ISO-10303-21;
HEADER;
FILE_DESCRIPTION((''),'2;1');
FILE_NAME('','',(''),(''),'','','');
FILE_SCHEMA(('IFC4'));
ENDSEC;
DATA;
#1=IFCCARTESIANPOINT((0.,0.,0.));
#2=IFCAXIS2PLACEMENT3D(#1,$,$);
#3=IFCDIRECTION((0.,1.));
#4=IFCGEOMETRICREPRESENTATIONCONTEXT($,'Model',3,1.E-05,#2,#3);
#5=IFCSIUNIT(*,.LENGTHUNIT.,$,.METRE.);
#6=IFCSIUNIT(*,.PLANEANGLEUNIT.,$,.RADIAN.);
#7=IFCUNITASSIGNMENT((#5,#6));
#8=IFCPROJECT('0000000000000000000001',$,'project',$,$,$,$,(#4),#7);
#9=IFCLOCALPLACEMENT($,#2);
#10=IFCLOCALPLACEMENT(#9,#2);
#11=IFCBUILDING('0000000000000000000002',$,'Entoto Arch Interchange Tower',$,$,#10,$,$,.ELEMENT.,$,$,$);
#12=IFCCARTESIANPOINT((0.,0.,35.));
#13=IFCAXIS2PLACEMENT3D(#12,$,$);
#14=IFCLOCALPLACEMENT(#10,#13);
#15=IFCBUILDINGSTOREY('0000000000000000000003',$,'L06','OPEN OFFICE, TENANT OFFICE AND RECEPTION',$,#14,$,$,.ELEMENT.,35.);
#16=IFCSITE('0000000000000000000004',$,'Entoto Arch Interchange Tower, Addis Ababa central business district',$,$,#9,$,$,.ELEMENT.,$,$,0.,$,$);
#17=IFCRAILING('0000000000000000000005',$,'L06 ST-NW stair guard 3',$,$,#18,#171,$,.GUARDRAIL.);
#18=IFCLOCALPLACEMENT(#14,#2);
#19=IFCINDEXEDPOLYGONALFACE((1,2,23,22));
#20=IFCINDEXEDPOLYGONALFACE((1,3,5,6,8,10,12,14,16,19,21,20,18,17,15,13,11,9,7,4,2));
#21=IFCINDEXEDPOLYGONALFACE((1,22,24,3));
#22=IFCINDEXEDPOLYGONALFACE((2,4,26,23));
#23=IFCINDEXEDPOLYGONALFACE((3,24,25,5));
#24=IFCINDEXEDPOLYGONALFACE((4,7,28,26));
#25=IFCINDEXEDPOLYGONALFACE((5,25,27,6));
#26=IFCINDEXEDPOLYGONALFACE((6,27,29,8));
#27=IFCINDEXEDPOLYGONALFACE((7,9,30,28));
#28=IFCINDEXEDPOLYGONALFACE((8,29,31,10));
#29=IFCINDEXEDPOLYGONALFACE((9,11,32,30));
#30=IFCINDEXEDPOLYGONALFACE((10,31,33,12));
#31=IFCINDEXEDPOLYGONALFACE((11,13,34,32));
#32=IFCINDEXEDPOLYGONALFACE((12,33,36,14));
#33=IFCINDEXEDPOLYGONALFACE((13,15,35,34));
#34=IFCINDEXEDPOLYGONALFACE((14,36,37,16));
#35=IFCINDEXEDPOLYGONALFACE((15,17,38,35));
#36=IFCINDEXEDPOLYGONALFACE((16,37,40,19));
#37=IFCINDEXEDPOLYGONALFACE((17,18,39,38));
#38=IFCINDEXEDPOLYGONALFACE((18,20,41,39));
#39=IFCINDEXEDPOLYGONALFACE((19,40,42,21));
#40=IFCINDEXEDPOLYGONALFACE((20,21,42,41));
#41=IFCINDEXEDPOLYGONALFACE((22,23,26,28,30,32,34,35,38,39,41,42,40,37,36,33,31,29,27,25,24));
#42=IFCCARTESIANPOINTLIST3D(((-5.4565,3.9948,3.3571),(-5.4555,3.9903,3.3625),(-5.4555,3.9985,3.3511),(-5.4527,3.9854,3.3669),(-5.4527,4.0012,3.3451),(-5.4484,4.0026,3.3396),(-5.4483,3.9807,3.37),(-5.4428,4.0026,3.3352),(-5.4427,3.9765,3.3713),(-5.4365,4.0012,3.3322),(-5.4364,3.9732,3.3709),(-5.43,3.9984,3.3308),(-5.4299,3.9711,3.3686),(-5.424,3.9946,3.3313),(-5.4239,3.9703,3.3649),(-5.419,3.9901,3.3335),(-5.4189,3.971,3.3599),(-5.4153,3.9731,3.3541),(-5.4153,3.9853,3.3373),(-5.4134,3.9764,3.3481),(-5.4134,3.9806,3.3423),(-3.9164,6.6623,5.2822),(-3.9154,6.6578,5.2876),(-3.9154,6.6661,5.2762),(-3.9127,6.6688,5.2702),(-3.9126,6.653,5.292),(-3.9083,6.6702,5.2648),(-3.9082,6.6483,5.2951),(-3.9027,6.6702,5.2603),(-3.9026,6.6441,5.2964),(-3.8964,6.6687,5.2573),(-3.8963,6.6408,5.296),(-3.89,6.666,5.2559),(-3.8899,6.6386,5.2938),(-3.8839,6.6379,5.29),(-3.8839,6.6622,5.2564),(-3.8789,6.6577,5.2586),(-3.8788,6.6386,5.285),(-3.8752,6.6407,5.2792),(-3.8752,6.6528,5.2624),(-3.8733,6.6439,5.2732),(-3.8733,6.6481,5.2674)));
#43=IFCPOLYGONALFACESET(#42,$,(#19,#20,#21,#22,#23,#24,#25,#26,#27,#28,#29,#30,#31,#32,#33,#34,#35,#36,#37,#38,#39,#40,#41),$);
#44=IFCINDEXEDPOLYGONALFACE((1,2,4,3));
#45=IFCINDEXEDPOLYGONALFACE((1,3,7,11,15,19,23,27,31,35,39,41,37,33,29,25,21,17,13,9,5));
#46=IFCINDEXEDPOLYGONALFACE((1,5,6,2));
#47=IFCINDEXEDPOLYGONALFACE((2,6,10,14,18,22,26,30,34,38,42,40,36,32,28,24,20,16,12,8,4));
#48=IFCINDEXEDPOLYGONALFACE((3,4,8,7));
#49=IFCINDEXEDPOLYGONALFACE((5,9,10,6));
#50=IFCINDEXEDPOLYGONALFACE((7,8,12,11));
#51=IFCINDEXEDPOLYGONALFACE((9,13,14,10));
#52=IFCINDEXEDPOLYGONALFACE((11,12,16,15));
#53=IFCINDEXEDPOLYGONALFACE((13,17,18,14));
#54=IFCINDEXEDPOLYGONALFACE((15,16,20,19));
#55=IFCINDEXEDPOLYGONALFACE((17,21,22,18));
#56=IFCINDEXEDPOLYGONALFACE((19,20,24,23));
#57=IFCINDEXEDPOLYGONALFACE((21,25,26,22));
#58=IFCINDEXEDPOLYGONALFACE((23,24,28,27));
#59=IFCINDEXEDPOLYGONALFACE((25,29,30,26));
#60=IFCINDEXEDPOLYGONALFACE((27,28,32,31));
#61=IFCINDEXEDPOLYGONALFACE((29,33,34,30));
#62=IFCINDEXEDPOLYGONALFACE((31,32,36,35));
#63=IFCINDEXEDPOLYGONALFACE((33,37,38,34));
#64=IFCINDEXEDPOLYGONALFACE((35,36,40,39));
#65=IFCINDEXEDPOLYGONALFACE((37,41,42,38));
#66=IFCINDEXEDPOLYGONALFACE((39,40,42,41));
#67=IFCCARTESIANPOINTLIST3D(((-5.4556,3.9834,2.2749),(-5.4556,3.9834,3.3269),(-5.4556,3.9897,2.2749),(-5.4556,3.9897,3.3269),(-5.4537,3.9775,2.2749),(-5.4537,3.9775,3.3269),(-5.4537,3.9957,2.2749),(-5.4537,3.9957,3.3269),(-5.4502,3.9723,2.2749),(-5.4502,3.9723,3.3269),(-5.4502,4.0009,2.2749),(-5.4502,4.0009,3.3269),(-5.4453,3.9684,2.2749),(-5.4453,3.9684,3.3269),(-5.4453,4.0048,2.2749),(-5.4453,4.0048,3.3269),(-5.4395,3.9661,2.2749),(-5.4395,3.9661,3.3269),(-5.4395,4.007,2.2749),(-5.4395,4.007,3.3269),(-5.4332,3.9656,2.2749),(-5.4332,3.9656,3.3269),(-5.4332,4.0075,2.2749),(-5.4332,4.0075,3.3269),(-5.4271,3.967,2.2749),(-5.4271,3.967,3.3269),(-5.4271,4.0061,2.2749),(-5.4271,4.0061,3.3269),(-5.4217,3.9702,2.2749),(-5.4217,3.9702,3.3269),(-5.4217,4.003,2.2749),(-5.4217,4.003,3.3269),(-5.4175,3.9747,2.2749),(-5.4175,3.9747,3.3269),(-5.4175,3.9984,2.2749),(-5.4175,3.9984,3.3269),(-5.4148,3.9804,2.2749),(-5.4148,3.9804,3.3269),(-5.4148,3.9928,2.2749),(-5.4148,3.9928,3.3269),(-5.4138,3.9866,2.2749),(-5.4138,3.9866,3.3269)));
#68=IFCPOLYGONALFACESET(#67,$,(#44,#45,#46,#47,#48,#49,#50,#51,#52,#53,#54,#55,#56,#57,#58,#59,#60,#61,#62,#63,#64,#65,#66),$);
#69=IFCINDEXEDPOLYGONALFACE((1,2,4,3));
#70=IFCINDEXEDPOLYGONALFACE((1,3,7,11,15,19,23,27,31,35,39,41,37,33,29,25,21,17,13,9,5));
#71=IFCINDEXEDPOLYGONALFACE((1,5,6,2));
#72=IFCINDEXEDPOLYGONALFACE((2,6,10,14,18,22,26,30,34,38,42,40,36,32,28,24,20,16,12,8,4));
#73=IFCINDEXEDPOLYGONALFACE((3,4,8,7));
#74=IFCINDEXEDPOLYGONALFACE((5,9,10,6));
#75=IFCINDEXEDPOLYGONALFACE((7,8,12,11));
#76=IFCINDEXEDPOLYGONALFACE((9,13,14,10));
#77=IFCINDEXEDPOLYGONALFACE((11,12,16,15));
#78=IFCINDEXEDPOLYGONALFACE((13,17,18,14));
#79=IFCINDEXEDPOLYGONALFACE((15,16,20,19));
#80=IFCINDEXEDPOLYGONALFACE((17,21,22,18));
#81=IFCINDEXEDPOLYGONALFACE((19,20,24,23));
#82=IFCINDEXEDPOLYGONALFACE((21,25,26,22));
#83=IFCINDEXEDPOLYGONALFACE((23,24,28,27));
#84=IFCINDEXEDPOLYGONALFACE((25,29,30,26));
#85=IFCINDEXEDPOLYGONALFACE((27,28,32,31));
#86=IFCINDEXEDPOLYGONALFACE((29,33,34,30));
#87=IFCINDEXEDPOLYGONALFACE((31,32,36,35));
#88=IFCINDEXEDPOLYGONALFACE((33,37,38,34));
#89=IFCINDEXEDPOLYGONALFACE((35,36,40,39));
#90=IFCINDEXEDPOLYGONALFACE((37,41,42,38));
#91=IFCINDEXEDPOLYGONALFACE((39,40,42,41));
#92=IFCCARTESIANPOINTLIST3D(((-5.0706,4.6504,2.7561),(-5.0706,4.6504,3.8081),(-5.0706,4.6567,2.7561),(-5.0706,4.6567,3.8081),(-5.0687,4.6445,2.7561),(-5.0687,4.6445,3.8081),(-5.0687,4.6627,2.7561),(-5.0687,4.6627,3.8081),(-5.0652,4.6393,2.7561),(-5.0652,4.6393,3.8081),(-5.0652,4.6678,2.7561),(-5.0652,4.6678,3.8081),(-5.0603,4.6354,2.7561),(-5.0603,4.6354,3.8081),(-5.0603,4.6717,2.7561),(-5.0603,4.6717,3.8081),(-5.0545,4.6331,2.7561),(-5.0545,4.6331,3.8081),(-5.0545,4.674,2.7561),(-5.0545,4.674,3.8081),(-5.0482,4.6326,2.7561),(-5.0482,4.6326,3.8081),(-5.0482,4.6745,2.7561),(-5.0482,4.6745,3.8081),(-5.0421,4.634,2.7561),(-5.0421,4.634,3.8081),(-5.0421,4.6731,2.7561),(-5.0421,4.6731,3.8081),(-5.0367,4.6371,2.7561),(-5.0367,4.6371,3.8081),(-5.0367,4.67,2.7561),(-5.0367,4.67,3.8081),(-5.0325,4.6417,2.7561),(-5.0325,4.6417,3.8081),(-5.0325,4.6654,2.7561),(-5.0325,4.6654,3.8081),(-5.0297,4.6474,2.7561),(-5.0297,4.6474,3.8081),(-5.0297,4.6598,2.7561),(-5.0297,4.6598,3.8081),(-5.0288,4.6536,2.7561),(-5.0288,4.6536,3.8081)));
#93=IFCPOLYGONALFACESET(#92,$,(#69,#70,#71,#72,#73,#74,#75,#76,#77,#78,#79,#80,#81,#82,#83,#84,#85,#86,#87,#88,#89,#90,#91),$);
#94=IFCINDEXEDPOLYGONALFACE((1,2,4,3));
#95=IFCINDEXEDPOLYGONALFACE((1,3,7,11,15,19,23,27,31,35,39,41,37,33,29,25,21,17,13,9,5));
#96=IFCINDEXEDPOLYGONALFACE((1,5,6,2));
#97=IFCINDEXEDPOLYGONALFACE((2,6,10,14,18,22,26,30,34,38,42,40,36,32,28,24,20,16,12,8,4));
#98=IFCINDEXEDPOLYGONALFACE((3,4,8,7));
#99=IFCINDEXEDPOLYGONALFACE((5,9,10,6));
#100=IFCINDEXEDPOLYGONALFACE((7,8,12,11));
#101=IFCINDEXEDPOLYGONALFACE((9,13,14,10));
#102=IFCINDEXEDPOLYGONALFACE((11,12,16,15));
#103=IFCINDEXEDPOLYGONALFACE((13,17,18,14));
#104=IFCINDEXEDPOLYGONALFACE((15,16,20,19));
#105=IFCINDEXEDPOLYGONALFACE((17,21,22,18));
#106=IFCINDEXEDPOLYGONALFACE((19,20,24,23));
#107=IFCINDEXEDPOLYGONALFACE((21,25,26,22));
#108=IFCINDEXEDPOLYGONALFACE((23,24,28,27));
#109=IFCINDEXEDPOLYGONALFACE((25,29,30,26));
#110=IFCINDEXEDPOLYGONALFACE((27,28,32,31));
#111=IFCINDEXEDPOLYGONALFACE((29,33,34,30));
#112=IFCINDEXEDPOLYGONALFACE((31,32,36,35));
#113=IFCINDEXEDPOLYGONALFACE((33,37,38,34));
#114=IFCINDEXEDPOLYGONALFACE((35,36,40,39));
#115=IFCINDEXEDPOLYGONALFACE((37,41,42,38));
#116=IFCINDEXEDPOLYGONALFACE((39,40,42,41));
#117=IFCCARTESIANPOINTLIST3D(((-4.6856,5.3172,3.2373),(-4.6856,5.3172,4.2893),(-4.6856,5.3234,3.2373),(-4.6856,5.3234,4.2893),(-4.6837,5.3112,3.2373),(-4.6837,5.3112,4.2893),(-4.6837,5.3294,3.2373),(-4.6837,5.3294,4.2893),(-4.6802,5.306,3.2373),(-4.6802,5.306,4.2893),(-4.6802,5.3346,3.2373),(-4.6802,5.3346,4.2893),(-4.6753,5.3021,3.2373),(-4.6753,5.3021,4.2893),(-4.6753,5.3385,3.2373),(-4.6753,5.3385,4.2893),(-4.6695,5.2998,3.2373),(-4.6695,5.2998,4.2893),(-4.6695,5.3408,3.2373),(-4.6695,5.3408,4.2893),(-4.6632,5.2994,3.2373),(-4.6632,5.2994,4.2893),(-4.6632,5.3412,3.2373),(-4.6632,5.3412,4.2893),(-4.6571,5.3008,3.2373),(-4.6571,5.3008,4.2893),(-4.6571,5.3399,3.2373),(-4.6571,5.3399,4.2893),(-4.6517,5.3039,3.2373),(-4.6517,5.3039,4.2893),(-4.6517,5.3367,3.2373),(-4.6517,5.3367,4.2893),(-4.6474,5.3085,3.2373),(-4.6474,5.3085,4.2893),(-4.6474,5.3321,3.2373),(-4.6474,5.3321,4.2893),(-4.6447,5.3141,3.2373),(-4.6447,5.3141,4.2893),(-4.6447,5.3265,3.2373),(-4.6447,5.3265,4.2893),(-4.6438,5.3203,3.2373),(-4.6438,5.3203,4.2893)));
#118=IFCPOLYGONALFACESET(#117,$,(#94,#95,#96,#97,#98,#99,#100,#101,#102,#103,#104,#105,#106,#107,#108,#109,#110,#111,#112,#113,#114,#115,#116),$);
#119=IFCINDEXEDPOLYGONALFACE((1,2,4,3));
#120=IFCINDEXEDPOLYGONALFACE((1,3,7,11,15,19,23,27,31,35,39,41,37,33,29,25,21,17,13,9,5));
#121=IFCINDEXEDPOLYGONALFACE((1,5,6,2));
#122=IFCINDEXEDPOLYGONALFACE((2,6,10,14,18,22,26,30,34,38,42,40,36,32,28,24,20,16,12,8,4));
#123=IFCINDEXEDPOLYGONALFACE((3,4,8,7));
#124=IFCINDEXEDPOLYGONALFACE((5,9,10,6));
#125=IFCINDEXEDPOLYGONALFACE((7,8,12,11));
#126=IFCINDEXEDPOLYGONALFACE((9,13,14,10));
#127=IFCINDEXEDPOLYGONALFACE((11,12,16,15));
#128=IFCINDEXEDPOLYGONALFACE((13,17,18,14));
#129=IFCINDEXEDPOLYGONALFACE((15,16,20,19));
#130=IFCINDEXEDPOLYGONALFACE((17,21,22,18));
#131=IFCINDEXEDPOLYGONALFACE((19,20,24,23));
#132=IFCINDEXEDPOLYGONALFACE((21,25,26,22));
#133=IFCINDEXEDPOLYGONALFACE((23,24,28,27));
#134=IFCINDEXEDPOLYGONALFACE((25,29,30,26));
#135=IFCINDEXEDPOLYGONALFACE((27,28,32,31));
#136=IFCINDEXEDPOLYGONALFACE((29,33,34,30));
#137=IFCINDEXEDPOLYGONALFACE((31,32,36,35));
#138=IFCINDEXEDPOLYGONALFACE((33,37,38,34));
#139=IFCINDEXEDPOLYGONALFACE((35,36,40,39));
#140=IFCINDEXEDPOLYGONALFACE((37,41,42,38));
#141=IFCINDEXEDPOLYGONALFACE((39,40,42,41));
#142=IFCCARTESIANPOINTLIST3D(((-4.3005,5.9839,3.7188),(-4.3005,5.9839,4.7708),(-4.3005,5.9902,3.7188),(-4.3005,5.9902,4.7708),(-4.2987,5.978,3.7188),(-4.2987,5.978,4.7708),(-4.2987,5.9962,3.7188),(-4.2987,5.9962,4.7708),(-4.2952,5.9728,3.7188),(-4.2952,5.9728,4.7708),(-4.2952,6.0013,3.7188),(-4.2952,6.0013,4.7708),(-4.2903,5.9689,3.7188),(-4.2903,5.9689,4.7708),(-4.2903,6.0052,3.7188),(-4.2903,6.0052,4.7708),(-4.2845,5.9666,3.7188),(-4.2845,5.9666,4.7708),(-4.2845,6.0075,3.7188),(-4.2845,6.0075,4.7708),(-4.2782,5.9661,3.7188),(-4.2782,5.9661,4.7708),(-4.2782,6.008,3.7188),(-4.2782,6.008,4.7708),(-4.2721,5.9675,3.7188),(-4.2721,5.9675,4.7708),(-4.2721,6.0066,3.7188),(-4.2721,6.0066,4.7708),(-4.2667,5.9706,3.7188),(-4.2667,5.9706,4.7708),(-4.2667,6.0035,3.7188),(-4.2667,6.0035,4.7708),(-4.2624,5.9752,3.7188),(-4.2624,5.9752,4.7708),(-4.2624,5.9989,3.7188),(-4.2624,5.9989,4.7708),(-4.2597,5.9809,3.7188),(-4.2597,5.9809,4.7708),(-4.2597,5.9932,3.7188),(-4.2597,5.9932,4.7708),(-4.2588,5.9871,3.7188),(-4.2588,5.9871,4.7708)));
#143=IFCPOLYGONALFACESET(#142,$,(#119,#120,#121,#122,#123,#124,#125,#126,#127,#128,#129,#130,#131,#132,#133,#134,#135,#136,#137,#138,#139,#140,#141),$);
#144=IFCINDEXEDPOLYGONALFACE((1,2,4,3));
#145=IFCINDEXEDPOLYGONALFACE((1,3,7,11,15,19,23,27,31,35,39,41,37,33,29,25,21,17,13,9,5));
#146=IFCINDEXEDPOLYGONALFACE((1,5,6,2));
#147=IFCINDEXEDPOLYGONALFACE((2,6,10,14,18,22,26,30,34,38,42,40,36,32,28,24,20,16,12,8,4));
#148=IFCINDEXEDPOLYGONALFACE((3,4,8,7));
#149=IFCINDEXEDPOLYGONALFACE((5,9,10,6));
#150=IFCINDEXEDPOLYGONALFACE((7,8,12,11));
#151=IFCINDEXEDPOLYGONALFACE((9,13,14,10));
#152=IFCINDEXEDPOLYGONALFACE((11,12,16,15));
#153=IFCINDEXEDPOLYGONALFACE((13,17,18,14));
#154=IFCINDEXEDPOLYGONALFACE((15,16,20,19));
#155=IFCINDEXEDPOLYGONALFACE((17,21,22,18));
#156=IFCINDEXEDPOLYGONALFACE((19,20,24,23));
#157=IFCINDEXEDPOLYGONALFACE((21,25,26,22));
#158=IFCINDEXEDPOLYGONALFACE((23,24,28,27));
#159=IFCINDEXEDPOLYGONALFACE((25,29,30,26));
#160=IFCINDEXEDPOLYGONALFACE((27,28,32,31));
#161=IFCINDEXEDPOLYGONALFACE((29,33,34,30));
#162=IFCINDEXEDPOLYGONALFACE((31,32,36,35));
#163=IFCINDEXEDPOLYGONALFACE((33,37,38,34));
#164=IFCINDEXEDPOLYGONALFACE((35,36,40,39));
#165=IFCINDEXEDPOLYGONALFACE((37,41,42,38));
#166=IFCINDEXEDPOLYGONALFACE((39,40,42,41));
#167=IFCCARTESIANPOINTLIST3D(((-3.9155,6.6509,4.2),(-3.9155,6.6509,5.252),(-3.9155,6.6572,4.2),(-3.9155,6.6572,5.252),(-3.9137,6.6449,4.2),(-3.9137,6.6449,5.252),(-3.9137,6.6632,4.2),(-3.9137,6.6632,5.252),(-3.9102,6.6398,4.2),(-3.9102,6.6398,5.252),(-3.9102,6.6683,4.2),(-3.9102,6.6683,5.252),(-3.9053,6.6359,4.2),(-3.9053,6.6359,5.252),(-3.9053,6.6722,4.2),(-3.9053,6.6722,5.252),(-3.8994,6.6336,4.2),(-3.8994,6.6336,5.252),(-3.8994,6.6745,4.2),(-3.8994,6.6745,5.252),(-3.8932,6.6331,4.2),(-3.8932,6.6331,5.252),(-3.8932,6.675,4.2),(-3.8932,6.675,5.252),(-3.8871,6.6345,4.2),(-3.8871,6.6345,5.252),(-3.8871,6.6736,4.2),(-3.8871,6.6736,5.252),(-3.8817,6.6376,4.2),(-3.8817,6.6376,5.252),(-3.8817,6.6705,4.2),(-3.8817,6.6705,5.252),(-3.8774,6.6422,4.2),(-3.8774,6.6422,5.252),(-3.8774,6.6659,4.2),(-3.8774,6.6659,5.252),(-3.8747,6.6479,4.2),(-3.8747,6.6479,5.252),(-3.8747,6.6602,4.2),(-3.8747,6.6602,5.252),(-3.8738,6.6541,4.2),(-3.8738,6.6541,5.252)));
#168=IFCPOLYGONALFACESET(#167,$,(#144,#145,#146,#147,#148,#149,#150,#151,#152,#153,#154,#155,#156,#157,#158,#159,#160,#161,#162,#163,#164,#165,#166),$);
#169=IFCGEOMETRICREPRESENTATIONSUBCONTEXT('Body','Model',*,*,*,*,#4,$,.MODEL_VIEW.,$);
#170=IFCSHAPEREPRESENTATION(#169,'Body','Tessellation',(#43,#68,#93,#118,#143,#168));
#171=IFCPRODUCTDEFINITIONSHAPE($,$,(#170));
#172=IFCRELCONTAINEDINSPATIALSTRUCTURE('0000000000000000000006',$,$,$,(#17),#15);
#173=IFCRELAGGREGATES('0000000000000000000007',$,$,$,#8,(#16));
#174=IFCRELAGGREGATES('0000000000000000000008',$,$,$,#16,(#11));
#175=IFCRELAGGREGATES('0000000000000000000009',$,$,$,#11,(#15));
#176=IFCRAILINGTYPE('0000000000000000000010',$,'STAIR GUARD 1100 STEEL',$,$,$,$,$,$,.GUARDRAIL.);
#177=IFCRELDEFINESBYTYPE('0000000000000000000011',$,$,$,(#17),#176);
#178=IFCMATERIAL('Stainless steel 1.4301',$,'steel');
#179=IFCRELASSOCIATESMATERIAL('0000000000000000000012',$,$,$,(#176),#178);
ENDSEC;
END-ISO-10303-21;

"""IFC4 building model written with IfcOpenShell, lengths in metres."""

from ifc_helpers import new_model, si_unit, direction, frame, origin, origin_2d, place, context, subcontext, project, spatial, circle, extrude, material, type_object, element, save


model = new_model("IFC4")

# Units and contexts
model_context = context("Model", 3, precision=1e-05, world=origin(), true_north=direction((0.0, 1.0)))
body_context = subcontext(model_context, "Body", "Model", "MODEL_VIEW")
ifc_project = project(units=[si_unit("LENGTHUNIT", "METRE"), si_unit("PLANEANGLEUNIT", "RADIAN")], contexts=[model_context])

# Site, building, storey
site_placement = place(None, origin())
site = spatial("IfcSite", under=ifc_project, at=site_placement, Name="Entoto Arch Interchange Tower, Addis Ababa central business district", CompositionType="ELEMENT", RefElevation=0.0)
building_placement = place(site_placement, origin())
building = spatial("IfcBuilding", under=site, at=building_placement, Name="Entoto Arch Interchange Tower", CompositionType="ELEMENT")
storey_placement = place(building_placement, frame((0.0, 0.0, 35.0)))
storey = spatial("IfcBuildingStorey", under=building, at=storey_placement, Name="L06", Description="OPEN OFFICE, TENANT OFFICE AND RECEPTION", CompositionType="ELEMENT", Elevation=35.0)

# Railing
ifc_material_1 = material(Name="Stainless steel 1.4301", Category="steel")
railing_type = type_object("IfcRailingType", Name="STAIR GUARD 1100 STEEL", PredefinedType="GUARDRAIL", material=ifc_material_1)
railing_1_placement = place(storey_placement, frame((-5.4348, 3.9866, 2.2749)))
element("IfcRailing", 1, at=railing_1_placement, inside=storey, type_object=railing_type, Name="L06 ST-NW stair guard 3", PredefinedType="GUARDRAIL", context=body_context, shape_type="SweptSolid", body=[
    extrude(circle(Radius=0.0239, at=origin_2d()), frame((0.0, 0.0, 1.0762), z_axis=(0.423994, 0.734395, 0.529993), x_axis=(-0.86603, 0.499992, 0.0)), (0.0, 0.0, 1.0), 3.6323),
    extrude(circle(Radius=0.021, at=origin_2d()), origin(), (0.0, 0.0, 1.0), 1.052),
    extrude(circle(Radius=0.021, at=origin_2d()), frame((0.385, 0.667, 0.4812)), (0.0, 0.0, 1.0), 1.052),
    extrude(circle(Radius=0.021, at=origin_2d()), frame((0.77, 1.3337, 0.9624)), (0.0, 0.0, 1.0), 1.052),
    extrude(circle(Radius=0.021, at=origin_2d()), frame((1.155, 2.0005, 1.4438)), (0.0, 0.0, 1.0), 1.052),
    extrude(circle(Radius=0.021, at=origin_2d()), frame((1.54, 2.6675, 1.925)), (0.0, 0.0, 1.0), 1.052),
])

save(model, "model.ifc")
